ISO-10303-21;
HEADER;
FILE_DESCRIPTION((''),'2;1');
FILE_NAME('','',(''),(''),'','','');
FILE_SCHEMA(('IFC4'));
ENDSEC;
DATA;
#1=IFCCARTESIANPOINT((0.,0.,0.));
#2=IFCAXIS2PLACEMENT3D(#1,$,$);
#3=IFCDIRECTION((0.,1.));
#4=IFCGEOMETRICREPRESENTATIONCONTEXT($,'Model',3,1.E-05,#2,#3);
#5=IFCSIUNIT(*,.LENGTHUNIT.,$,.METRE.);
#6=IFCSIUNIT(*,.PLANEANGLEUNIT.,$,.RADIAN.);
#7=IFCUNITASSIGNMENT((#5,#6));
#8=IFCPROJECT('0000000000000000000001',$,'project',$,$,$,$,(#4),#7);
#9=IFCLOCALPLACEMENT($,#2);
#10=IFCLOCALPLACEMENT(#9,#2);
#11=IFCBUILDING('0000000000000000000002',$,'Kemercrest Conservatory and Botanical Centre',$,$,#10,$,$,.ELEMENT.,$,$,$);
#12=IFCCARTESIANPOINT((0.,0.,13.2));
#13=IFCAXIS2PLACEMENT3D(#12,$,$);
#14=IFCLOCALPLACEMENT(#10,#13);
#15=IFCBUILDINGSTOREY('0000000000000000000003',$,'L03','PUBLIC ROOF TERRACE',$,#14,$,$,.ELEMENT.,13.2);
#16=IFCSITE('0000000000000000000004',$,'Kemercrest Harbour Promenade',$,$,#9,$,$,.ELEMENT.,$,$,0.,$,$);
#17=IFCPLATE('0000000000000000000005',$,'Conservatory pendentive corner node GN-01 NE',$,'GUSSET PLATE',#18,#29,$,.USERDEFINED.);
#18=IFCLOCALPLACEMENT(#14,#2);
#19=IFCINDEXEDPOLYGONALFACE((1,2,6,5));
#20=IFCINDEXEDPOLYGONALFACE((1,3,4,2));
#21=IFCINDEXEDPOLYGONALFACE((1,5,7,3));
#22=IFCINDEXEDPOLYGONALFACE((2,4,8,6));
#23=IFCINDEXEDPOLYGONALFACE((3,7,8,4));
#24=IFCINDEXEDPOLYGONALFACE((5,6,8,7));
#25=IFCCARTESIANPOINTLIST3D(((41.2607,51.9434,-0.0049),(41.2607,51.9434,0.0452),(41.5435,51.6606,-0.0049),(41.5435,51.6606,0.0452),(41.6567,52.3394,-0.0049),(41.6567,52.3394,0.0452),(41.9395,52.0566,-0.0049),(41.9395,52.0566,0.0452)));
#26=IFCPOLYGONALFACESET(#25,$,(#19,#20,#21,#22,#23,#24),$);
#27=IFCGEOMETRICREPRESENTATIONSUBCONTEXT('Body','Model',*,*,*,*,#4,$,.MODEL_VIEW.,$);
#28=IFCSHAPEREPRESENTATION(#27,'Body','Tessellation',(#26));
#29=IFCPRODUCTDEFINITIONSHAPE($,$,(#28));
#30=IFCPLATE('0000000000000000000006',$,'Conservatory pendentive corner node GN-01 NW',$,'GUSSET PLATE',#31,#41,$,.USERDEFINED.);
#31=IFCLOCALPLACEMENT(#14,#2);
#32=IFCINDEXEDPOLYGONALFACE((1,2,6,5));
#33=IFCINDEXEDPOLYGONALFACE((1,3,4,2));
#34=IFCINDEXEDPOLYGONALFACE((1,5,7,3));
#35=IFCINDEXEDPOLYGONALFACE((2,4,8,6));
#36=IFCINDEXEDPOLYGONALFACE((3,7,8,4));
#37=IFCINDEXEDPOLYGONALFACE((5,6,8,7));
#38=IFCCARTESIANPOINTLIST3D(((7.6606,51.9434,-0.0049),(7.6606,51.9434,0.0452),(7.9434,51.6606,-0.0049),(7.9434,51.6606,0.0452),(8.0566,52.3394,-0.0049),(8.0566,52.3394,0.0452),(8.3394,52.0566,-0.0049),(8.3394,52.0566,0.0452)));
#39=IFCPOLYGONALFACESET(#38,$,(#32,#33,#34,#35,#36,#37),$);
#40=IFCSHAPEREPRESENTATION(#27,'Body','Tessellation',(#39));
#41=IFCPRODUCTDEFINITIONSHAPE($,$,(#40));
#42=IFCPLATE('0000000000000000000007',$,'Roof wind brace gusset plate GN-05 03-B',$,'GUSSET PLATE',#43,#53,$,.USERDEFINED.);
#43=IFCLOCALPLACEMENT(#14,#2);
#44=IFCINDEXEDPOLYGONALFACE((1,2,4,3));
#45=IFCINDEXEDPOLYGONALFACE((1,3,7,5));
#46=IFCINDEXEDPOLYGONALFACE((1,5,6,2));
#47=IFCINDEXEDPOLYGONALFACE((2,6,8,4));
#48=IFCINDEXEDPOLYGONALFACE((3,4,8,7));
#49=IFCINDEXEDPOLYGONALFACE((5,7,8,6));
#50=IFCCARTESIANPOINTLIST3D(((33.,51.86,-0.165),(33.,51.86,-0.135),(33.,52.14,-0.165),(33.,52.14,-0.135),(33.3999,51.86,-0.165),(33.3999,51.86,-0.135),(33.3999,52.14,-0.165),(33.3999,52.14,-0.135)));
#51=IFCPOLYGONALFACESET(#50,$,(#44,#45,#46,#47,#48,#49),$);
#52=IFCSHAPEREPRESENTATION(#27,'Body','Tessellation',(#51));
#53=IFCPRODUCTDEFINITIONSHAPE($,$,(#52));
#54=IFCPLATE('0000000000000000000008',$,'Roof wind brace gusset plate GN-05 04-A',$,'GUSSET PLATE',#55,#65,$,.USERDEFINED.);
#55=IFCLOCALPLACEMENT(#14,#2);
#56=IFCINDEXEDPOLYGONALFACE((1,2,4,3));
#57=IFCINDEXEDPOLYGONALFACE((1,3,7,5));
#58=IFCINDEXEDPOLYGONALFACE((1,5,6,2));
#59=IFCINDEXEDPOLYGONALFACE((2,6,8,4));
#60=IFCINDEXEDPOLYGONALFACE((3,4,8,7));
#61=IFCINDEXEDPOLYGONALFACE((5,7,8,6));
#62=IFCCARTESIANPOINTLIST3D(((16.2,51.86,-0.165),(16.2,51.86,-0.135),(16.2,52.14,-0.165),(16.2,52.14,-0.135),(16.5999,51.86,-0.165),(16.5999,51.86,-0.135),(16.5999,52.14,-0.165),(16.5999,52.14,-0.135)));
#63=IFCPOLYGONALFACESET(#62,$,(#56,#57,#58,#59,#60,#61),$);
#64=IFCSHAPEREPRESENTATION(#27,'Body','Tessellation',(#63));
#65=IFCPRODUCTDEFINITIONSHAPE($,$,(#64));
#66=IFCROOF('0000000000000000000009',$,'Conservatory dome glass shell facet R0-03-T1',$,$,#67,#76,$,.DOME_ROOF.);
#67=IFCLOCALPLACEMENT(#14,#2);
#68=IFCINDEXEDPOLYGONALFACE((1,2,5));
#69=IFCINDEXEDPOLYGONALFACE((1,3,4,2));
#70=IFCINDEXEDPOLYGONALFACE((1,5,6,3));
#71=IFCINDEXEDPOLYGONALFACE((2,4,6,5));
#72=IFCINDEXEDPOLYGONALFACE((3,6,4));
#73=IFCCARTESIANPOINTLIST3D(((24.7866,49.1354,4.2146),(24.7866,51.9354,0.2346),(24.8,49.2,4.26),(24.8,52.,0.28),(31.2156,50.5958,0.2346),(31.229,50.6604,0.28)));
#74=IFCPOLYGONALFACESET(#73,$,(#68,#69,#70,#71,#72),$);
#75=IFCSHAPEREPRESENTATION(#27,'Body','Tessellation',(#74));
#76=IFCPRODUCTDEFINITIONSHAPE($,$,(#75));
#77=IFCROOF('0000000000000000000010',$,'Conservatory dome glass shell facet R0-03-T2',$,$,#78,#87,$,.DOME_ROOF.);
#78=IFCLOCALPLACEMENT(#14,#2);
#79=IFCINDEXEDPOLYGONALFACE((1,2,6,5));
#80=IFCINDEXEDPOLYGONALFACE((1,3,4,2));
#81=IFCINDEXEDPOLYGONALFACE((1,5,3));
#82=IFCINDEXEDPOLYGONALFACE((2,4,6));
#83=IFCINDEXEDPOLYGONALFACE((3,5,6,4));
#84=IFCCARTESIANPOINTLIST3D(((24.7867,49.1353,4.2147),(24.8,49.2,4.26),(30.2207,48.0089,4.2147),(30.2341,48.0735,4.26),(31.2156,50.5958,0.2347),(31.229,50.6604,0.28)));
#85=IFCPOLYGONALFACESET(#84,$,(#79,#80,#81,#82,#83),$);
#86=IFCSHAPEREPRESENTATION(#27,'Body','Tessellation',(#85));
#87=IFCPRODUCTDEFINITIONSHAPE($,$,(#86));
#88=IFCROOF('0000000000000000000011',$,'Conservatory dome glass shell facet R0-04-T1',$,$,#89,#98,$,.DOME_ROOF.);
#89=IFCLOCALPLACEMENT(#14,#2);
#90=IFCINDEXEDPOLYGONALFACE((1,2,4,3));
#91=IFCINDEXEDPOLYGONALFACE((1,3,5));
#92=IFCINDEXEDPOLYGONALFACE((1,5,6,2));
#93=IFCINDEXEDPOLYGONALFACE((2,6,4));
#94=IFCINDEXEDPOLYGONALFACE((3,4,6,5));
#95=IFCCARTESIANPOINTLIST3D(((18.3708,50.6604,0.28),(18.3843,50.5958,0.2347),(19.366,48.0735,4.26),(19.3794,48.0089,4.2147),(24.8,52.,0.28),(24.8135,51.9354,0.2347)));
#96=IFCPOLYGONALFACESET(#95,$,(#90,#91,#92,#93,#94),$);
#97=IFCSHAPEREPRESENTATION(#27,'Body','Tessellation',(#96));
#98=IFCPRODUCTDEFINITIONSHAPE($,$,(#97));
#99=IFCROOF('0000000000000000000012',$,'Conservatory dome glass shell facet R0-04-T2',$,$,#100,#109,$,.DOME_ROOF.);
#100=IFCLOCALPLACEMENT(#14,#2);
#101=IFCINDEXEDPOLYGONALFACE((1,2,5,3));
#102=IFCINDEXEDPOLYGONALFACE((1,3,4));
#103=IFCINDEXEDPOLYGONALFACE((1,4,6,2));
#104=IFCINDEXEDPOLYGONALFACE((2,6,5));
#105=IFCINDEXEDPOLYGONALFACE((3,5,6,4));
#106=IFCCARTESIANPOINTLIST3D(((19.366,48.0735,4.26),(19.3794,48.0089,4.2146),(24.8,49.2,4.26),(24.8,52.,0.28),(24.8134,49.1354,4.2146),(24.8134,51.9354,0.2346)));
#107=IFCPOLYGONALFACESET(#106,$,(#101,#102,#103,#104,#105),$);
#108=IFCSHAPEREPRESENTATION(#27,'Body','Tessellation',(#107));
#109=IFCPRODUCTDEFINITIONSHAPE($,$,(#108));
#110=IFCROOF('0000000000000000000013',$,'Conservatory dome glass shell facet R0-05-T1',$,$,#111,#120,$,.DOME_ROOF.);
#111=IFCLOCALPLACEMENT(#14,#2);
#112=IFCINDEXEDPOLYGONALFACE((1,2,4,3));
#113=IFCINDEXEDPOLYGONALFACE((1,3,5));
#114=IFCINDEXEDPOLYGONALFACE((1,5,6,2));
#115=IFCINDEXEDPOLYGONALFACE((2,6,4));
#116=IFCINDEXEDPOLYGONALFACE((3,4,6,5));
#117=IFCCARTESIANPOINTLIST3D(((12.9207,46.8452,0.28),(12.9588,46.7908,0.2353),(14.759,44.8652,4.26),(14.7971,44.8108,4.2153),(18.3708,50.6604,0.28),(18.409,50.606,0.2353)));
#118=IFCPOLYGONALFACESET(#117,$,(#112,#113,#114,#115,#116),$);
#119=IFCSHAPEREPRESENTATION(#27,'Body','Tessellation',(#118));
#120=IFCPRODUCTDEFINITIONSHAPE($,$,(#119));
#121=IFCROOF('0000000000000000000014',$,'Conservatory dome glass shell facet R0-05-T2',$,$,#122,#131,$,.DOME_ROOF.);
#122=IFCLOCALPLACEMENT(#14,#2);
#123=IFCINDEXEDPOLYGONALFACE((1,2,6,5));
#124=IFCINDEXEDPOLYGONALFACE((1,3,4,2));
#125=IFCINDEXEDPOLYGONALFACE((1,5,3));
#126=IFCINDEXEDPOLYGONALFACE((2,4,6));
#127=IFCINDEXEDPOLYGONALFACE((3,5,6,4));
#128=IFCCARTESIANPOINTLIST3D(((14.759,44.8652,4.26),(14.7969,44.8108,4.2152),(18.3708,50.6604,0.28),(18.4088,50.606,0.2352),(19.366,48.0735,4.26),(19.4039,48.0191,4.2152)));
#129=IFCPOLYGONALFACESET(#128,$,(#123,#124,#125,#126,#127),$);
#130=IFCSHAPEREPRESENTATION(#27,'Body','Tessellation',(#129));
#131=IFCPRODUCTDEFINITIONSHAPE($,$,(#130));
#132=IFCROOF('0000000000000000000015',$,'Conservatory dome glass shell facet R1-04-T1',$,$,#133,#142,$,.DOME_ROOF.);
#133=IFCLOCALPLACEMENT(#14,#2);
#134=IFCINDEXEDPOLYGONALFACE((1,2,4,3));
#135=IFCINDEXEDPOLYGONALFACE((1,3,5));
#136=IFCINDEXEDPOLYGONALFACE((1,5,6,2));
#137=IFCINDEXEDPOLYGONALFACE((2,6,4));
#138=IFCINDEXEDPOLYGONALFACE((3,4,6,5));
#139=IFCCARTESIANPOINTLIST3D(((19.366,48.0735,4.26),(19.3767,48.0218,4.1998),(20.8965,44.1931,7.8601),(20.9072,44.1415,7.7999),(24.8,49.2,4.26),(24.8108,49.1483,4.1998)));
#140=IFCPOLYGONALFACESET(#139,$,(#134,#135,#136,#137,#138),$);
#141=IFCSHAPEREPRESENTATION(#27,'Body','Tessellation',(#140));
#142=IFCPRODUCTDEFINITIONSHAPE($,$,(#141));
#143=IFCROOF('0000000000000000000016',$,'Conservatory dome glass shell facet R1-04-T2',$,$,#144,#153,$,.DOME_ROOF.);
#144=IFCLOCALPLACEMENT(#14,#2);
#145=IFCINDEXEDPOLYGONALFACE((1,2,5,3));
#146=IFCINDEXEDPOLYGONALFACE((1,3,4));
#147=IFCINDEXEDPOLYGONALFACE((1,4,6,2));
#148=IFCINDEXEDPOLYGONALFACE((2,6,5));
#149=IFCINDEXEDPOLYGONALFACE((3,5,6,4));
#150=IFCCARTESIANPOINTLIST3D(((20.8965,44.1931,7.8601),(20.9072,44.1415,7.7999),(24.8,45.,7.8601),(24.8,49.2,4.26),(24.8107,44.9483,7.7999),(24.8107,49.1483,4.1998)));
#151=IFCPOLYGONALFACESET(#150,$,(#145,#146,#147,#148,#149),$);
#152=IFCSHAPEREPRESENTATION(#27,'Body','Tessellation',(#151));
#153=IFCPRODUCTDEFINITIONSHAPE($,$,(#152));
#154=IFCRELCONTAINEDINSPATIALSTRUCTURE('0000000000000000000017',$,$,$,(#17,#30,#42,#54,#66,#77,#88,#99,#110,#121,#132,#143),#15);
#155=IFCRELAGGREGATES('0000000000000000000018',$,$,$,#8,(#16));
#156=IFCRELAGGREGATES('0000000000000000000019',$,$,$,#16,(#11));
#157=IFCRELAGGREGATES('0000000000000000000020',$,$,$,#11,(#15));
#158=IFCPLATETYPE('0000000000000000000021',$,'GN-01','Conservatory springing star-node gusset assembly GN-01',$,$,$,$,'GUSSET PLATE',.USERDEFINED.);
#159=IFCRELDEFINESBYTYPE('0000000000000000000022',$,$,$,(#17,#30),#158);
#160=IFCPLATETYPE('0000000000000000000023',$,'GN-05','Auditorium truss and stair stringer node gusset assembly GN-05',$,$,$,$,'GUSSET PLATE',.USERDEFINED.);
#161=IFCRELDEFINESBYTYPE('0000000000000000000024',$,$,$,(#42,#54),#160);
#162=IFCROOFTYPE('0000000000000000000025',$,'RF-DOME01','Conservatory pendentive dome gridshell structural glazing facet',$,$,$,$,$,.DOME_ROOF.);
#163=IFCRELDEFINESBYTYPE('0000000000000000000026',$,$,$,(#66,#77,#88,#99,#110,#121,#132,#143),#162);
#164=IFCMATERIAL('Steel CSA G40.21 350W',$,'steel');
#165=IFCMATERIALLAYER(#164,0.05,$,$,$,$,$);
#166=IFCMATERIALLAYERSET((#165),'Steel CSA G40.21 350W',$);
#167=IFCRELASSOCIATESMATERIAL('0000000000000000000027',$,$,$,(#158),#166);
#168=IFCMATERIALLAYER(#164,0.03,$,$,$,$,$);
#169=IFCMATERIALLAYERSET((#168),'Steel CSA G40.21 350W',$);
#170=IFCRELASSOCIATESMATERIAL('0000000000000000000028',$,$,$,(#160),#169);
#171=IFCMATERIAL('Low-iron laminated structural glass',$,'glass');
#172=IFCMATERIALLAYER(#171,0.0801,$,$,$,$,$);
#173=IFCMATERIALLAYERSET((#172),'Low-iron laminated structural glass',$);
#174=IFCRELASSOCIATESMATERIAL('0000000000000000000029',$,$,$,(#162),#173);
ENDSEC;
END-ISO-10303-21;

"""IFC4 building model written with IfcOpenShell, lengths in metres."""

from ifc_helpers import new_model, si_unit, direction, frame, origin, origin_2d, place, context, subcontext, project, spatial, polyline, rectangle, outline, extrude, material, layer, layer_set, type_object, element, save


model = new_model("IFC4")

# Units and contexts
model_context = context("Model", 3, precision=1e-05, world=origin(), true_north=direction((0.0, 1.0)))
body_context = subcontext(model_context, "Body", "Model", "MODEL_VIEW")
ifc_project = project(units=[si_unit("LENGTHUNIT", "METRE"), si_unit("PLANEANGLEUNIT", "RADIAN")], contexts=[model_context])

# Site, building, storey
site_placement = place(None, origin())
site = spatial("IfcSite", under=ifc_project, at=site_placement, Name="Kemercrest Harbour Promenade", CompositionType="ELEMENT", RefElevation=0.0)
building_placement = place(site_placement, origin())
building = spatial("IfcBuilding", under=site, at=building_placement, Name="Kemercrest Conservatory and Botanical Centre", CompositionType="ELEMENT")
storey_placement = place(building_placement, frame((0.0, 0.0, 13.2)))
storey = spatial("IfcBuildingStorey", under=building, at=storey_placement, Name="L03", Description="PUBLIC ROOF TERRACE", CompositionType="ELEMENT", Elevation=13.2)

# Shared definitions
ifc_material_1 = material(Name="Steel CSA G40.21 350W", Category="steel")

# Plates
ifc_layer_1 = layer(ifc_material_1, 0.05)
ifc_layer_set_1 = layer_set([ifc_layer_1], Name="Steel CSA G40.21 350W")
plate_type_1 = type_object("IfcPlateType", Name="GN-01", Description="Conservatory springing star-node gusset assembly GN-01", ElementType="GUSSET PLATE", PredefinedType="USERDEFINED", material=ifc_layer_set_1)
for number, where, z_axis, x_axis, name in (
    (1, (41.6001, 52.0, -0.0049), (0.0, 0.0, 1.0), (0.707107, 0.707107, 0.0), "Conservatory pendentive corner node GN-01 NE"),
    (2, (8.0, 52.0, -0.0049), (0.0, 0.0, 1.0), (0.707107, 0.707107, 0.0), "Conservatory pendentive corner node GN-01 NW"),
):
    element("IfcPlate", number, at=place(storey_placement, frame(where, z_axis=z_axis, x_axis=x_axis)), inside=storey, type_object=plate_type_1, Name=name, ObjectType="GUSSET PLATE", PredefinedType="USERDEFINED", context=body_context, shape_type="SweptSolid", body=[
        extrude(rectangle(XDim=0.5601, YDim=0.3999, at=origin_2d()), origin(), (0.0, 0.0, 1.0), 0.05),
    ])
ifc_layer_2 = layer(ifc_material_1, 0.03)
ifc_layer_set_2 = layer_set([ifc_layer_2], Name="Steel CSA G40.21 350W")
plate_type_2 = type_object("IfcPlateType", Name="GN-05", Description="Auditorium truss and stair stringer node gusset assembly GN-05", ElementType="GUSSET PLATE", PredefinedType="USERDEFINED", material=ifc_layer_set_2)
for number, where, z_axis, x_axis, name in (
    (3, (33.2, 52.0, -0.165), (0.0, 0.0, 1.0), (1.0, 0.0, 0.0), "Roof wind brace gusset plate GN-05 03-B"),
    (4, (16.3999, 52.0, -0.165), (0.0, 0.0, 1.0), (1.0, 0.0, 0.0), "Roof wind brace gusset plate GN-05 04-A"),
):
    element("IfcPlate", number, at=place(storey_placement, frame(where, z_axis=z_axis, x_axis=x_axis)), inside=storey, type_object=plate_type_2, Name=name, ObjectType="GUSSET PLATE", PredefinedType="USERDEFINED", context=body_context, shape_type="SweptSolid", body=[
        extrude(rectangle(XDim=0.3999, YDim=0.28, at=origin_2d()), origin(), (0.0, 0.0, 1.0), 0.03),
    ])

# Roofs
ifc_material_2 = material(Name="Low-iron laminated structural glass", Category="glass")
ifc_layer_3 = layer(ifc_material_2, 0.0801)
ifc_layer_set_3 = layer_set([ifc_layer_3], Name="Low-iron laminated structural glass")
roof_type = type_object("IfcRoofType", Name="RF-DOME01", Description="Conservatory pendentive dome gridshell structural glazing facet", PredefinedType="DOME_ROOF", material=ifc_layer_set_3)
roof_1_placement = place(storey_placement, frame((31.229, 50.6604, 0.28), z_axis=(0.167998, 0.806248, 0.567222), x_axis=(-0.978973, 0.203988, 0.0)))
element("IfcRoof", 5, at=roof_1_placement, inside=storey, type_object=roof_type, Name="Conservatory dome glass shell facet R0-03-T1", PredefinedType="DOME_ROOF", context=body_context, shape_type="SweptSolid", body=[
    extrude(outline(polyline([(0.0, 0.0), (6.567, 0.0), (5.9959, 4.8326), (0.0, 0.0)])), origin(), (0.0, 0.0, -1.0), 0.0801),
])
roof_2_placement = place(storey_placement, frame((31.229, 50.6604, 0.28), z_axis=(0.167289, 0.807004, 0.566355), x_axis=(-0.834826, -0.189645, 0.516817)))
element("IfcRoof", 6, at=roof_2_placement, inside=storey, type_object=roof_type, Name="Conservatory dome glass shell facet R0-03-T2", PredefinedType="DOME_ROOF", context=body_context, shape_type="SweptSolid", body=[
    extrude(outline(polyline([(0.0, 0.0), (7.7009, 0.0), (3.3781, 3.4801), (0.0, 0.0)])), origin(), (0.0, 0.0, -1.0), 0.0801),
])
roof_3_placement = place(storey_placement, frame((24.8, 52.0, 0.28), z_axis=(-0.168103, 0.806785, 0.566426), x_axis=(-0.978975, -0.203981, 0.0)))
element("IfcRoof", 7, at=roof_3_placement, inside=storey, type_object=roof_type, Name="Conservatory dome glass shell facet R0-04-T1", PredefinedType="DOME_ROOF", context=body_context, shape_type="SweptSolid", body=[
    extrude(outline(polyline([(0.0, 0.0), (6.5673, 0.0), (6.1208, 4.8294), (0.0, 0.0)])), origin(), (0.0, 0.0, -1.0), 0.0801),
])
roof_4_placement = place(storey_placement, frame((24.8, 52.0, 0.28), z_axis=(-0.167156, 0.806365, 0.567305), x_axis=(-0.696981, -0.503619, 0.510476)))
element("IfcRoof", 8, at=roof_4_placement, inside=storey, type_object=roof_type, Name="Conservatory dome glass shell facet R0-04-T2", PredefinedType="DOME_ROOF", context=body_context, shape_type="SweptSolid", body=[
    extrude(outline(polyline([(0.0, 0.0), (7.7966, 0.0), (3.4418, 3.4401), (0.0, 0.0)])), origin(), (0.0, 0.0, -1.0), 0.0801),
])
roof_5_placement = place(storey_placement, frame((18.3708, 50.6604, 0.28), z_axis=(-0.475881, 0.679822, 0.558014), x_axis=(-0.819228, -0.573467, 0.0)))
element("IfcRoof", 9, at=roof_5_placement, inside=storey, type_object=roof_type, Name="Conservatory dome glass shell facet R0-05-T1", PredefinedType="DOME_ROOF", context=body_context, shape_type="SweptSolid", body=[
    extrude(outline(polyline([(0.0, 0.0), (6.6528, 0.0), (6.2822, 4.7961), (0.0, 0.0)])), origin(), (0.0, 0.0, -1.0), 0.0801),
])
roof_6_placement = place(storey_placement, frame((18.3708, 50.6604, 0.28), z_axis=(-0.473387, 0.679767, 0.560197), x_axis=(-0.456974, -0.733216, 0.503555)))
element("IfcRoof", 10, at=roof_6_placement, inside=storey, type_object=roof_type, Name="Conservatory dome glass shell facet R0-05-T2", PredefinedType="DOME_ROOF", context=body_context, shape_type="SweptSolid", body=[
    extrude(outline(polyline([(0.0, 0.0), (7.9038, 0.0), (3.4462, 3.4127), (0.0, 0.0)])), origin(), (0.0, 0.0, -1.0), 0.0801),
])
roof_7_placement = place(storey_placement, frame((24.8, 49.2, 4.26), z_axis=(-0.13374, 0.645164, 0.752248), x_axis=(-0.979183, -0.202981, 0.0)))
element("IfcRoof", 11, at=roof_7_placement, inside=storey, type_object=roof_type, Name="Conservatory dome glass shell facet R1-04-T1", PredefinedType="DOME_ROOF", context=body_context, shape_type="SweptSolid", body=[
    extrude(outline(polyline([(0.0, 0.0), (5.5496, 0.0), (4.8386, 5.464), (0.0, 0.0)])), origin(), (0.0, 0.0, -1.0), 0.0801),
])
roof_8_placement = place(storey_placement, frame((24.8, 49.2, 4.26), z_axis=(-0.133324, 0.644996, 0.752466), x_axis=(-0.534851, -0.686016, 0.493271)))
element("IfcRoof", 12, at=roof_8_placement, inside=storey, type_object=roof_type, Name="Conservatory dome glass shell facet R1-04-T2", PredefinedType="DOME_ROOF", context=body_context, shape_type="SweptSolid", body=[
    extrude(outline(polyline([(0.0, 0.0), (7.2984, 0.0), (4.6571, 2.9853), (0.0, 0.0)])), origin(), (0.0, 0.0, -1.0), 0.0801),
])

save(model, "model.ifc")
